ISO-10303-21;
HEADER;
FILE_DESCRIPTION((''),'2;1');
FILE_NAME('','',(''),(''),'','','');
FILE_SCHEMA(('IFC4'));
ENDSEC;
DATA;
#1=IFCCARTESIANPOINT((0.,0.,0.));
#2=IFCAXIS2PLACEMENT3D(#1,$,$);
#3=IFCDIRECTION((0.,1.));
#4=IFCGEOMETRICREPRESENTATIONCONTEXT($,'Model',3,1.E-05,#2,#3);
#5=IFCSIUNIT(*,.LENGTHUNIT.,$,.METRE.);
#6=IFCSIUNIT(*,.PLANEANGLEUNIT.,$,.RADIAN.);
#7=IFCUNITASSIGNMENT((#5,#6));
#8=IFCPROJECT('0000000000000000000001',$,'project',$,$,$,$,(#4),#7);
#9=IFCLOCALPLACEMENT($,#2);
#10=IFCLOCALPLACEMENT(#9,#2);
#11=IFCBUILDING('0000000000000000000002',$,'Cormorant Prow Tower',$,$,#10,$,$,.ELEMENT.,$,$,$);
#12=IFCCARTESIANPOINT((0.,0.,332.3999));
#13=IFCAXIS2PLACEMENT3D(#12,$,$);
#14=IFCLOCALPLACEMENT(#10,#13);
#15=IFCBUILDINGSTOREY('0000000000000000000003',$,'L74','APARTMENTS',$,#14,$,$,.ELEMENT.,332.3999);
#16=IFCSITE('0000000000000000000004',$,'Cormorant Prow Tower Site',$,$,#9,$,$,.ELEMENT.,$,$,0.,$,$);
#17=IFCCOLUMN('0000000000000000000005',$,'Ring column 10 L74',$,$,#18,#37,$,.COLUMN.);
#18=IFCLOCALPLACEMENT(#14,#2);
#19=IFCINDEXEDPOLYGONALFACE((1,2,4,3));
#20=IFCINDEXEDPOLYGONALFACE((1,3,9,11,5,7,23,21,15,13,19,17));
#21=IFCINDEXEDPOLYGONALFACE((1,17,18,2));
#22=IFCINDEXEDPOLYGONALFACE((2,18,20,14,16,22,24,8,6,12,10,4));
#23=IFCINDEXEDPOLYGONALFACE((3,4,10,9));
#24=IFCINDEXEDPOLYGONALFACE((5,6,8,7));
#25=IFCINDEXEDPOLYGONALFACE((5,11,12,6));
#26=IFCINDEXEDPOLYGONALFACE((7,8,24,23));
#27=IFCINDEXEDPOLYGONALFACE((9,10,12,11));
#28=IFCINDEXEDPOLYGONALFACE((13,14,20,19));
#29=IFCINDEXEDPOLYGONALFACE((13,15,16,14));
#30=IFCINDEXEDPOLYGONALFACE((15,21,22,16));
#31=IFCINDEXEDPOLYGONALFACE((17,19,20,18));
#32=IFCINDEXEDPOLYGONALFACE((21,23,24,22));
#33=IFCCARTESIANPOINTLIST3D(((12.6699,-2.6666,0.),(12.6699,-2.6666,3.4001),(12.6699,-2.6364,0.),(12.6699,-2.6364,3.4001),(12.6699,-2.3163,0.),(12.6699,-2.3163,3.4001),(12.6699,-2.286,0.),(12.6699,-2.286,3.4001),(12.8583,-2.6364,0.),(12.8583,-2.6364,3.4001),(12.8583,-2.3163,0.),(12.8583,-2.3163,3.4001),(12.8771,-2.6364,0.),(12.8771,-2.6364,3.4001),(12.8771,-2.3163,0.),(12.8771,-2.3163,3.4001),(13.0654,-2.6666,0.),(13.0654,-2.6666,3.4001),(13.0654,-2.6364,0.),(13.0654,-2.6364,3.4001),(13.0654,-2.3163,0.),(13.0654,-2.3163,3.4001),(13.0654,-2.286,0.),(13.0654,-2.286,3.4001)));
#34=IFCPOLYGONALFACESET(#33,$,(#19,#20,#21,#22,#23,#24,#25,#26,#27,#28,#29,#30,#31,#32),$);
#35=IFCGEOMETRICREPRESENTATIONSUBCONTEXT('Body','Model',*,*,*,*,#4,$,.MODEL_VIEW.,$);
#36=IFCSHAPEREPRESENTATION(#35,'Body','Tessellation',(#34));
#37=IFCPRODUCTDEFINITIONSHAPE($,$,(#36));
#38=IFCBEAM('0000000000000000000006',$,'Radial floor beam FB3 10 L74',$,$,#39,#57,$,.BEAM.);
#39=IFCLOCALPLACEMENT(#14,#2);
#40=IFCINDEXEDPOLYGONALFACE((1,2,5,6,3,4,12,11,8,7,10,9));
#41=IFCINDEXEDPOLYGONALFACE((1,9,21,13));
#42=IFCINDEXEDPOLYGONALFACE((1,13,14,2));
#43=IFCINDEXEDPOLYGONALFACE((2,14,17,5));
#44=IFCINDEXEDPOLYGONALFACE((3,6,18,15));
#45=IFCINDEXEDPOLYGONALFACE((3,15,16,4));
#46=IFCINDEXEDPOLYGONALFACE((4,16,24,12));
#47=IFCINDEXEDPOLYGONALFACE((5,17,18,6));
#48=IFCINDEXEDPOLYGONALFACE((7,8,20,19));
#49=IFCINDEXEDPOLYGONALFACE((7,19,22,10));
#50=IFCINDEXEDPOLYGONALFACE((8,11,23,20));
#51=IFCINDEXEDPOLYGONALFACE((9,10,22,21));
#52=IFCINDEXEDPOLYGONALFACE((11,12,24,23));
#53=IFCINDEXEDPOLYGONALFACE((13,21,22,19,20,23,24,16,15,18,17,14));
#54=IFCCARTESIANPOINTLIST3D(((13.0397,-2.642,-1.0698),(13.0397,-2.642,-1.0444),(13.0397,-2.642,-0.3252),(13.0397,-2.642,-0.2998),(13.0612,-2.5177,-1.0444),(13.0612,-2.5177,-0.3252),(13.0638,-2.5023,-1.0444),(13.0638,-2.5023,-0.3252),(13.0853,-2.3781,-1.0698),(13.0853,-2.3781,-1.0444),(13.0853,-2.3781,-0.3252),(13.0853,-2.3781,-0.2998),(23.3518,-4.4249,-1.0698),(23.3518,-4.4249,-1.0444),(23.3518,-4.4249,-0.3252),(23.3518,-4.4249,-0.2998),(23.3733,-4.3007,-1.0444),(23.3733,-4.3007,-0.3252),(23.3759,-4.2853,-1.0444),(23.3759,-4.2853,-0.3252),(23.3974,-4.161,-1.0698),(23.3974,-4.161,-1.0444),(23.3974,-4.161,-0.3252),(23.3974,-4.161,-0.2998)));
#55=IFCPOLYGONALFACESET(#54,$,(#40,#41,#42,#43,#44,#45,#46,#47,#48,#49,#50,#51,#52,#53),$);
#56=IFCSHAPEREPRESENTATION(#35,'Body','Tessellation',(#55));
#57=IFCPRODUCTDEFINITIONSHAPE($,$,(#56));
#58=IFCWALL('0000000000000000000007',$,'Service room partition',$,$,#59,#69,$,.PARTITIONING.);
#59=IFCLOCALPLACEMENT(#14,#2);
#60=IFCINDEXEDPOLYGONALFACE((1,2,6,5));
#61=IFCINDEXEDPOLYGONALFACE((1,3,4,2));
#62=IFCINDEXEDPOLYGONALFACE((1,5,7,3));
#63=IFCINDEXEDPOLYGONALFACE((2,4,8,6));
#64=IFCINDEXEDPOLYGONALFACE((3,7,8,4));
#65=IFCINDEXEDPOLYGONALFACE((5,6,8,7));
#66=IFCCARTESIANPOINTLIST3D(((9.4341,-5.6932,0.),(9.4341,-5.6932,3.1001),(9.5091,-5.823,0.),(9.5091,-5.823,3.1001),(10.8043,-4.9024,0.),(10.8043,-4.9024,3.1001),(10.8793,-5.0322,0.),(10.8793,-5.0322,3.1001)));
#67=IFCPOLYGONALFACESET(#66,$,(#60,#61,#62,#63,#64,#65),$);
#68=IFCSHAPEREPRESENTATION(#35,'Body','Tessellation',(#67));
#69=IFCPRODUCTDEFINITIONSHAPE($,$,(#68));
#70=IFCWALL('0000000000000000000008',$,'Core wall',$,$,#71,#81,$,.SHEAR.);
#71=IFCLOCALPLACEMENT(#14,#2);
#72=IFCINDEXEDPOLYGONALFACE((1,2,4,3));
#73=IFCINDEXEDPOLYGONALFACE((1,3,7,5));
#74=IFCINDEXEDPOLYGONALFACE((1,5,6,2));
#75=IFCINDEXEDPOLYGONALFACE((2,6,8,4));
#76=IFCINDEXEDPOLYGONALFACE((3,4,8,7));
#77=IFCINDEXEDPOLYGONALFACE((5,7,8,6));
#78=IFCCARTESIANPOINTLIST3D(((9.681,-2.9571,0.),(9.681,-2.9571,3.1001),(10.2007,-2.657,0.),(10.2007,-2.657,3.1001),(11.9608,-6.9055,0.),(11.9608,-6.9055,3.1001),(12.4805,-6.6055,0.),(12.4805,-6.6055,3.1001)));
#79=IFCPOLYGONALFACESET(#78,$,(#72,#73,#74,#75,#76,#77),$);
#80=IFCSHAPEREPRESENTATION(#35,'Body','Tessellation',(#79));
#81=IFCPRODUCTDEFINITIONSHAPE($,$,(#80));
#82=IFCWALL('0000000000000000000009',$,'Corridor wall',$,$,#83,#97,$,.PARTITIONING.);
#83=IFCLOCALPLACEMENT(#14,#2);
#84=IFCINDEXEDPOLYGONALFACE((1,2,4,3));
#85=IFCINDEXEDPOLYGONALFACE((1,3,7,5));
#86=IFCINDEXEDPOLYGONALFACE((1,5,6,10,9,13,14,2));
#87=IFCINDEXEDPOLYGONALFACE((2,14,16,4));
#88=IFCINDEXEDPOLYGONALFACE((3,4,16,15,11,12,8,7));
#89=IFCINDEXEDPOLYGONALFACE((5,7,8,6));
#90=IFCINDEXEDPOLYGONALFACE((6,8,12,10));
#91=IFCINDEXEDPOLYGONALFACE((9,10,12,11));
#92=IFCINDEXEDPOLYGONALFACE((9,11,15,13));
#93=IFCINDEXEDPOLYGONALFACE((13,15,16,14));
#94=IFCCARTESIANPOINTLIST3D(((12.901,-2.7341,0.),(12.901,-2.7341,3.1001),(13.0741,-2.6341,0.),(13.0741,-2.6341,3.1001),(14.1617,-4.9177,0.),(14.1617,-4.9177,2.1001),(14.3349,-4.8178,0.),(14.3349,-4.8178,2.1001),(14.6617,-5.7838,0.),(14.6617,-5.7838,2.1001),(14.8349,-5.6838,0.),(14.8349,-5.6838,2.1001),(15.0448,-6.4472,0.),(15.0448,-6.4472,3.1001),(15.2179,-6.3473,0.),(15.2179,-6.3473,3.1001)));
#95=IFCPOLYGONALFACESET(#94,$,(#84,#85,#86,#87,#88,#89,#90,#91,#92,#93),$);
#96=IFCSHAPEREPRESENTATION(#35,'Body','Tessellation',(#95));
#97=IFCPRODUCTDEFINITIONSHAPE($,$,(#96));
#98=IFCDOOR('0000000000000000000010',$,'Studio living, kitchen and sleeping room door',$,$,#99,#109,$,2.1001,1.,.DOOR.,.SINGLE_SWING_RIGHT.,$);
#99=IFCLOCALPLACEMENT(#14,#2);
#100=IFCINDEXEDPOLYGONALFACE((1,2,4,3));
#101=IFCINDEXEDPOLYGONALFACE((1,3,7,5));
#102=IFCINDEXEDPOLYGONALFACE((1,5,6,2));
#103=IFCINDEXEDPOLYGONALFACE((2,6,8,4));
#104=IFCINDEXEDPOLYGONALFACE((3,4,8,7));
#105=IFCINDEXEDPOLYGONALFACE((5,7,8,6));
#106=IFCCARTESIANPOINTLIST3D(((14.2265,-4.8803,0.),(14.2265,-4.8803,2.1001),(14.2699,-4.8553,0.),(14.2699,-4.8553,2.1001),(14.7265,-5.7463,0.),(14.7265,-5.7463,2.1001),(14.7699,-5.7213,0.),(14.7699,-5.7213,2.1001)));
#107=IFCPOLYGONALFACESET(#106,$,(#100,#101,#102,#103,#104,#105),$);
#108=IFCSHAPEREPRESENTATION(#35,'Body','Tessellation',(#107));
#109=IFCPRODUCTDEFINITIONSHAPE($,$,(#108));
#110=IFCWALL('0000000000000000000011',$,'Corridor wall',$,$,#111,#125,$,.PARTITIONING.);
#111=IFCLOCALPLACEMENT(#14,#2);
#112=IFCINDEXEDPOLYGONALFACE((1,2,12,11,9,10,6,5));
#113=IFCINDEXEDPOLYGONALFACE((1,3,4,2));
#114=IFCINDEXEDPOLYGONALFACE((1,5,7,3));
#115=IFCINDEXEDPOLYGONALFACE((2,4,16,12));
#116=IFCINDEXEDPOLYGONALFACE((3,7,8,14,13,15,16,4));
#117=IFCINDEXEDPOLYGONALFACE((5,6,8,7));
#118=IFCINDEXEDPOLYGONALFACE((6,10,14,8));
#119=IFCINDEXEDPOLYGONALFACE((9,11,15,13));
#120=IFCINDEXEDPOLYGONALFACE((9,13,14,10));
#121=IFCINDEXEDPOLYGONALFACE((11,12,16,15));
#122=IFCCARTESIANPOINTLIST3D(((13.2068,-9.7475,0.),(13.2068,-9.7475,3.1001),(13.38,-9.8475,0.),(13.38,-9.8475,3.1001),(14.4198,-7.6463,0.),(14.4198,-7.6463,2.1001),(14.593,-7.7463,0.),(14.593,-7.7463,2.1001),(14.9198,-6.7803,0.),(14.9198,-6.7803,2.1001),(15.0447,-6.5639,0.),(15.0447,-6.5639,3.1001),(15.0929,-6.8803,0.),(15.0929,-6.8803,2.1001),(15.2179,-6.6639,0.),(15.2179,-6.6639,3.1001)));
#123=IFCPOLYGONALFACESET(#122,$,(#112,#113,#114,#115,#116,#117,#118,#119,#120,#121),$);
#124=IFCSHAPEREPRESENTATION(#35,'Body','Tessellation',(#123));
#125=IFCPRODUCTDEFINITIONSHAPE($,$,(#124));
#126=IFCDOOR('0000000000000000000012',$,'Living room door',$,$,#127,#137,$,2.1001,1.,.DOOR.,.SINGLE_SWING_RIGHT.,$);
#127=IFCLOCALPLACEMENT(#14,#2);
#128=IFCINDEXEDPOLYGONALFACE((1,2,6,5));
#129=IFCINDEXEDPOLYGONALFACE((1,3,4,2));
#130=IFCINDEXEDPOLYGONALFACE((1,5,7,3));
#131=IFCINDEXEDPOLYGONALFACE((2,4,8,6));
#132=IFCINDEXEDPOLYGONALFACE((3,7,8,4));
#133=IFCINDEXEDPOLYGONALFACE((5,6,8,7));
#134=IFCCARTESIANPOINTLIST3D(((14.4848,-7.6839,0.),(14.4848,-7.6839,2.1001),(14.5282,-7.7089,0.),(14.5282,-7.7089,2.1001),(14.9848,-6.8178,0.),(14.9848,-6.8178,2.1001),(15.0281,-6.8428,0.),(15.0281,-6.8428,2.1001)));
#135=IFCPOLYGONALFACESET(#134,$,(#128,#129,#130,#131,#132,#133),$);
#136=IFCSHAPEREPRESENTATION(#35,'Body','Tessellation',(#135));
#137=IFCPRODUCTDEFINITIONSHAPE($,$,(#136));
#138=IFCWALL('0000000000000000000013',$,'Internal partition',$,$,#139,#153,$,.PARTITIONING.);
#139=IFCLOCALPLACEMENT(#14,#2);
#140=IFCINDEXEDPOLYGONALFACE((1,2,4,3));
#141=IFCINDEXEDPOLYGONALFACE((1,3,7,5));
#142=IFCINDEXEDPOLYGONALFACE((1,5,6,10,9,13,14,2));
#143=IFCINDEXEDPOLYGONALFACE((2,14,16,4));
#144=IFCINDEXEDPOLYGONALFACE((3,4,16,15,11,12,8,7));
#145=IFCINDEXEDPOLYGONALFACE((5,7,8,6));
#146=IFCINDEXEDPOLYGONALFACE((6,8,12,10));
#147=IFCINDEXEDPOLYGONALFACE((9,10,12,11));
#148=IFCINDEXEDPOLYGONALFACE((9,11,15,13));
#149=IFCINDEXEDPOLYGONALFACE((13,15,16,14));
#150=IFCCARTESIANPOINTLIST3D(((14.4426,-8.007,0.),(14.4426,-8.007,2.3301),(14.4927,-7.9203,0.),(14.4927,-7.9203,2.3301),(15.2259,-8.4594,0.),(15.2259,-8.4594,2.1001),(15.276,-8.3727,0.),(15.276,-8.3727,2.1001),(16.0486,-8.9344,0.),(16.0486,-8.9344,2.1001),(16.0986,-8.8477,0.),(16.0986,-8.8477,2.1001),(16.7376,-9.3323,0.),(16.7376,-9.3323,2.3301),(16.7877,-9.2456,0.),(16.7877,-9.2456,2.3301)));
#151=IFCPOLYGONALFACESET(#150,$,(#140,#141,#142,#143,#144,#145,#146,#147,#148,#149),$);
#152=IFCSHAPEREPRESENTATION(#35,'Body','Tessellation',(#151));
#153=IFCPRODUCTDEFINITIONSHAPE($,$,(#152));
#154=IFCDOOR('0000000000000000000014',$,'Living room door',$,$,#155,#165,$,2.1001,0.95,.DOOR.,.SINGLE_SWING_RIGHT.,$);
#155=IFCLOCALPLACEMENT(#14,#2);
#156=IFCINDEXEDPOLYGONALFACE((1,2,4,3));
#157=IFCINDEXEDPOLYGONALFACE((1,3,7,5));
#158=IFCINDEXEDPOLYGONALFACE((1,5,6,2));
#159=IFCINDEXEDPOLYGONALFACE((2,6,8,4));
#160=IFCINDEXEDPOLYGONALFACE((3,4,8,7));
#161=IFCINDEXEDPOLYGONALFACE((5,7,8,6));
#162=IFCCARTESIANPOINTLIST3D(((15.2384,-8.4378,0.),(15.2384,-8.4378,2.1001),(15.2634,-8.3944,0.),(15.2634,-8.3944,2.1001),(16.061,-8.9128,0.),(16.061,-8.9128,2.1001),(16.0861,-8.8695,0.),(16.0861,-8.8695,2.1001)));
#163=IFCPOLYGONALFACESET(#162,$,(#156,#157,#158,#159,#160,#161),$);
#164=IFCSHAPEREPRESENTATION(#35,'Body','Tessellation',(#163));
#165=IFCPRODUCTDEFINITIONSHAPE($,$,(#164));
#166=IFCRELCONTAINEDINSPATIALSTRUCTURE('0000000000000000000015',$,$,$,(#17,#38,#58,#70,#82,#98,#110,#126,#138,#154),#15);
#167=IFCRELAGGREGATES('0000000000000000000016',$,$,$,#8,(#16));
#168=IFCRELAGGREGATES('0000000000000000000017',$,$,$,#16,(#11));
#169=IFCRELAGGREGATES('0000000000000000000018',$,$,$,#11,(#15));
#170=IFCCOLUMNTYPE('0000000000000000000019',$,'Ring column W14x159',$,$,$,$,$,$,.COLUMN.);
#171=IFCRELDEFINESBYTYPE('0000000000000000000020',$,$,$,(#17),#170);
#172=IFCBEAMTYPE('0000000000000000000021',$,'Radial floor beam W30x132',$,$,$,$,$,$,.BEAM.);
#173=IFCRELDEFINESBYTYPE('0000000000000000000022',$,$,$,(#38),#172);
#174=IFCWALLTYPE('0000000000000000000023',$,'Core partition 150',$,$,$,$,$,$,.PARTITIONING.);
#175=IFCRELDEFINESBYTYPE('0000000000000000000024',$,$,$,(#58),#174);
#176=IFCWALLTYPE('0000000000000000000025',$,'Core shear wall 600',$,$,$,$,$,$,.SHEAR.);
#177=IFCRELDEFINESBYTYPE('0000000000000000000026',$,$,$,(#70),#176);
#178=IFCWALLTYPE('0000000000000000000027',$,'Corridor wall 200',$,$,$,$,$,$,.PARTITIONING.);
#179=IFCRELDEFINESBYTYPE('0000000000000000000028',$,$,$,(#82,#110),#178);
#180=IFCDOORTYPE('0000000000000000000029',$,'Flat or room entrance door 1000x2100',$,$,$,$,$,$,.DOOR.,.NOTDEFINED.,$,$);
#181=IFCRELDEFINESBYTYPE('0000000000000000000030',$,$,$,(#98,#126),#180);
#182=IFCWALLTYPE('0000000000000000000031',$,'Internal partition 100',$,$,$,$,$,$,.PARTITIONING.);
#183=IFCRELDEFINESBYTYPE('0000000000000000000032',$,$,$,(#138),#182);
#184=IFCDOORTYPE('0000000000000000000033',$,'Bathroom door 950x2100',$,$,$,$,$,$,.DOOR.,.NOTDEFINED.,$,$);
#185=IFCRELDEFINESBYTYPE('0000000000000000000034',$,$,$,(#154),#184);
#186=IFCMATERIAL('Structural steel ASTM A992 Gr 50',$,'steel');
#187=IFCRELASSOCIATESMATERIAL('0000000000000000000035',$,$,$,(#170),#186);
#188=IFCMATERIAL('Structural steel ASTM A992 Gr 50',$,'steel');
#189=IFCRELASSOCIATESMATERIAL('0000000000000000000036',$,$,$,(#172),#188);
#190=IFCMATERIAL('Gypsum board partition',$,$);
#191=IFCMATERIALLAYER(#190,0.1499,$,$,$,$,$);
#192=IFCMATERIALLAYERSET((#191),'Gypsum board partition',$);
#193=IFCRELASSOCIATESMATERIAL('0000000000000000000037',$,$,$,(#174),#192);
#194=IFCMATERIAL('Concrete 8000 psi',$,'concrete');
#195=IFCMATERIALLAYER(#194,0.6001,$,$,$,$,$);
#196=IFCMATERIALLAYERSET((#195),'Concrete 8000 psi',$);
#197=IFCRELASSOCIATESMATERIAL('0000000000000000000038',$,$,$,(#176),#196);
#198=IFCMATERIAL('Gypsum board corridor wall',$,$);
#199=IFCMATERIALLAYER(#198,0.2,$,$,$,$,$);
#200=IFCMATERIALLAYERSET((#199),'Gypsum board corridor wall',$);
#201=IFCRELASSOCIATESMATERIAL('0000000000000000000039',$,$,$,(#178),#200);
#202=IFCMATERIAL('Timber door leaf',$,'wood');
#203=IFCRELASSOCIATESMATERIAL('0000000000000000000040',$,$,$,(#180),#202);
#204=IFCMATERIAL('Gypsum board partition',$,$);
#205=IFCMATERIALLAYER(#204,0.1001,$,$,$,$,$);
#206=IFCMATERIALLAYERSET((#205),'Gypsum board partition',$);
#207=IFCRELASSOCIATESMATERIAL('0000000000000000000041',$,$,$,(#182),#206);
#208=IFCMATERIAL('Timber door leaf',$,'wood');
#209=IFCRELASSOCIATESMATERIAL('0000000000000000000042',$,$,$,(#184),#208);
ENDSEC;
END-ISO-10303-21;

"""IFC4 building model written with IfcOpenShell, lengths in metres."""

from ifc_helpers import new_model, si_unit, direction, frame, frame_2d, origin, origin_2d, place, context, subcontext, project, spatial, rectangle, i_section, extrude, material, layer, layer_set, material_profile, profile_set, type_object, element, fill, save


model = new_model("IFC4")

# Units and contexts
model_context = context("Model", 3, precision=1e-05, world=origin(), true_north=direction((0.0, 1.0)))
body_context = subcontext(model_context, "Body", "Model", "MODEL_VIEW")
ifc_project = project(units=[si_unit("LENGTHUNIT", "METRE"), si_unit("PLANEANGLEUNIT", "RADIAN")], contexts=[model_context])

# Site, building, storey
site_placement = place(None, origin())
site = spatial("IfcSite", under=ifc_project, at=site_placement, Name="Cormorant Prow Tower Site", CompositionType="ELEMENT", RefElevation=0.0)
building_placement = place(site_placement, origin())
building = spatial("IfcBuilding", under=site, at=building_placement, Name="Cormorant Prow Tower", CompositionType="ELEMENT")
storey_placement = place(building_placement, frame((0.0, 0.0, 332.3999)))
storey = spatial("IfcBuildingStorey", under=building, at=storey_placement, Name="L74", Description="APARTMENTS", CompositionType="ELEMENT", Elevation=332.3999)

# Column
ifc_material_1 = material(Name="Structural steel ASTM A992 Gr 50", Category="steel")
ifc_material_profile_1 = material_profile(ifc_material_1, i_section(OverallWidth=0.3955, OverallDepth=0.3806, WebThickness=0.0188, FlangeThickness=0.0303, at=origin_2d()), Name="W14x159")
ifc_profile_set_1 = profile_set([ifc_material_profile_1], Name="Structural steel ASTM A992 Gr 50")
column_type = type_object("IfcColumnType", Name="Ring column W14x159", PredefinedType="COLUMN", material=ifc_profile_set_1)
column_placement = place(storey_placement, frame((12.8677, -2.4763, 0.0), z_axis=(0.0, 0.0, 1.0), x_axis=(1.0, 0.0, 0.0)))
element("IfcColumn", 1, at=column_placement, inside=storey, type_object=column_type, Name="Ring column 10 L74", PredefinedType="COLUMN", context=body_context, shape_type="SweptSolid", body=[
    extrude(i_section(OverallWidth=0.3955, OverallDepth=0.3806, WebThickness=0.0188, FlangeThickness=0.0303, at=origin_2d()), origin(), (0.0, 0.0, 1.0), 3.4001),
])

# Beam
ifc_material_2 = material(Name="Structural steel ASTM A992 Gr 50", Category="steel")
ifc_material_profile_2 = material_profile(ifc_material_2, i_section(OverallWidth=0.2678, OverallDepth=0.77, WebThickness=0.0156, FlangeThickness=0.0254, at=origin_2d()), Name="W30x132")
ifc_profile_set_2 = profile_set([ifc_material_profile_2], Name="Structural steel ASTM A992 Gr 50")
beam_type = type_object("IfcBeamType", Name="Radial floor beam W30x132", PredefinedType="BEAM", material=ifc_profile_set_2)
beam_placement = place(storey_placement, frame((13.0625, -2.51, -0.6848), z_axis=(0.98538, -0.170373, 0.0), x_axis=(0.170373, 0.98538, 0.0)))
element("IfcBeam", 2, at=beam_placement, inside=storey, type_object=beam_type, Name="Radial floor beam FB3 10 L74", PredefinedType="BEAM", context=body_context, shape_type="SweptSolid", body=[
    extrude(i_section(OverallWidth=0.2678, OverallDepth=0.77, WebThickness=0.0156, FlangeThickness=0.0254, at=origin_2d()), origin(), (0.0, 0.0, 1.0), 10.4651),
])

# Walls
ifc_material_3 = material(Name="Gypsum board partition")
ifc_layer_1 = layer(ifc_material_3, 0.1499)
ifc_layer_set_1 = layer_set([ifc_layer_1], Name="Gypsum board partition")
wall_type_1 = type_object("IfcWallType", Name="Core partition 150", PredefinedType="PARTITIONING", material=ifc_layer_set_1)
wall_1_placement = place(storey_placement, frame((10.8418, -4.9673, 0.0), z_axis=(0.0, 0.0, 1.0), x_axis=(-0.866098, -0.499874, 0.0)))
element("IfcWall", 3, at=wall_1_placement, inside=storey, type_object=wall_type_1, Name="Service room partition", PredefinedType="PARTITIONING", context=body_context, shape_type="SweptSolid", body=[
    extrude(rectangle(XDim=1.582, YDim=0.1499, at=frame_2d((0.791, 0.0))), origin(), (0.0, 0.0, 1.0), 3.1001),
])
ifc_material_4 = material(Name="Concrete 8000 psi", Category="concrete")
ifc_layer_2 = layer(ifc_material_4, 0.6001)
ifc_layer_set_2 = layer_set([ifc_layer_2], Name="Concrete 8000 psi")
wall_type_2 = type_object("IfcWallType", Name="Core shear wall 600", PredefinedType="SHEAR", material=ifc_layer_set_2)
wall_2_placement = place(storey_placement, frame((12.2207, -6.7556, 0.0), z_axis=(0.0, 0.0, 1.0), x_axis=(-0.500021, 0.866013, 0.0)))
element("IfcWall", 4, at=wall_2_placement, inside=storey, type_object=wall_type_2, Name="Core wall", PredefinedType="SHEAR", context=body_context, shape_type="SweptSolid", body=[
    extrude(rectangle(XDim=4.5593, YDim=0.6001, at=frame_2d((2.2798, 0.0))), origin(), (0.0, 0.0, 1.0), 3.1001),
])

# Walls, openings, doors
ifc_material_5 = material(Name="Gypsum board corridor wall")
ifc_layer_3 = layer(ifc_material_5, 0.2)
ifc_layer_set_3 = layer_set([ifc_layer_3], Name="Gypsum board corridor wall")
wall_type_3 = type_object("IfcWallType", Name="Corridor wall 200", PredefinedType="PARTITIONING", material=ifc_layer_set_3)
wall_3_placement = place(storey_placement, frame((12.9875, -2.6841, 0.0), z_axis=(0.0, 0.0, 1.0), x_axis=(0.500003, -0.866023, 0.0)))
wall_3 = element("IfcWall", 5, at=wall_3_placement, inside=storey, type_object=wall_type_3, Name="Corridor wall", PredefinedType="PARTITIONING", context=body_context, shape_type="SweptSolid", body=[
    extrude(rectangle(XDim=4.2876, YDim=0.2, at=frame_2d((2.1438, 0.0))), origin(), (0.0, 0.0, 1.0), 3.1001),
])
opening_1_placement = place(wall_3_placement, frame((2.5215, 0.0, 0.0)))
opening_1 = element("IfcOpeningElement", 6, at=opening_1_placement, cuts=wall_3, PredefinedType="OPENING", context=body_context, shape_type="SweptSolid", body=[
    extrude(rectangle(XDim=1.0, YDim=2.1001, at=frame_2d((0.5, 1.05))), frame((0.0, 0.1099, 0.0), z_axis=(0.0, -1.0, 0.0), x_axis=(1.0, 0.0, 0.0)), (0.0, 0.0, 1.0), 0.22),
])
ifc_material_6 = material(Name="Timber door leaf", Category="wood")
door_type_1 = type_object("IfcDoorType", Name="Flat or room entrance door 1000x2100", OperationType="NOTDEFINED", PredefinedType="DOOR", material=ifc_material_6)
door_1_placement = place(opening_1_placement, origin())
door_1 = element("IfcDoor", 7, at=door_1_placement, inside=storey, type_object=door_type_1, Name="Studio living, kitchen and sleeping room door", OperationType="SINGLE_SWING_RIGHT", OverallHeight=2.1001, OverallWidth=1.0, PredefinedType="DOOR", context=body_context, shape_type="SweptSolid", body=[
    extrude(rectangle(XDim=1.0, YDim=2.1001, at=frame_2d((0.5, 1.05))), frame((0.0, 0.0249, 0.0), z_axis=(0.0, -1.0, 0.0), x_axis=(1.0, 0.0, 0.0)), (0.0, 0.0, 1.0), 0.05),
])
fill(opening_1, door_1)
wall_4_placement = place(storey_placement, frame((13.2935, -9.7974, 0.0), z_axis=(0.0, 0.0, 1.0), x_axis=(0.499968, 0.866044, 0.0)))
wall_4 = element("IfcWall", 8, at=wall_4_placement, inside=storey, type_object=wall_type_3, Name="Corridor wall", PredefinedType="PARTITIONING", context=body_context, shape_type="SweptSolid", body=[
    extrude(rectangle(XDim=3.676, YDim=0.2, at=frame_2d((1.8379, 0.0))), origin(), (0.0, 0.0, 1.0), 3.1001),
])
opening_2_placement = place(wall_4_placement, frame((2.426, 0.0, 0.0)))
opening_2 = element("IfcOpeningElement", 9, at=opening_2_placement, cuts=wall_4, PredefinedType="OPENING", context=body_context, shape_type="SweptSolid", body=[
    extrude(rectangle(XDim=1.0, YDim=2.1001, at=frame_2d((0.5, 1.05))), frame((0.0, 0.1099, 0.0), z_axis=(0.0, -1.0, 0.0), x_axis=(1.0, 0.0, 0.0)), (0.0, 0.0, 1.0), 0.22),
])
door_2_placement = place(opening_2_placement, origin())
door_2 = element("IfcDoor", 10, at=door_2_placement, inside=storey, type_object=door_type_1, Name="Living room door", OperationType="SINGLE_SWING_RIGHT", OverallHeight=2.1001, OverallWidth=1.0, PredefinedType="DOOR", context=body_context, shape_type="SweptSolid", body=[
    extrude(rectangle(XDim=1.0, YDim=2.1001, at=frame_2d((0.5, 1.05))), frame((0.0, 0.0249, 0.0), z_axis=(0.0, -1.0, 0.0), x_axis=(1.0, 0.0, 0.0)), (0.0, 0.0, 1.0), 0.05),
])
fill(opening_2, door_2)
ifc_material_7 = material(Name="Gypsum board partition")
ifc_layer_4 = layer(ifc_material_7, 0.1001)
ifc_layer_set_4 = layer_set([ifc_layer_4], Name="Gypsum board partition")
wall_type_4 = type_object("IfcWallType", Name="Internal partition 100", PredefinedType="PARTITIONING", material=ifc_layer_set_4)
wall_5_placement = place(storey_placement, frame((14.4675, -7.9636, 0.0), z_axis=(0.0, 0.0, 1.0), x_axis=(0.865989, -0.500063, 0.0)))
wall_5 = element("IfcWall", 11, at=wall_5_placement, inside=storey, type_object=wall_type_4, Name="Internal partition", PredefinedType="PARTITIONING", context=body_context, shape_type="SweptSolid", body=[
    extrude(rectangle(XDim=2.6501, YDim=0.1001, at=frame_2d((1.3252, 0.0))), origin(), (0.0, 0.0, 1.0), 2.3301),
])
opening_3_placement = place(wall_5_placement, frame((0.9045, 0.0, 0.0)))
opening_3 = element("IfcOpeningElement", 12, at=opening_3_placement, cuts=wall_5, PredefinedType="OPENING", context=body_context, shape_type="SweptSolid", body=[
    extrude(rectangle(XDim=0.95, YDim=2.1001, at=frame_2d((0.4751, 1.05))), frame((0.0, 0.0601, 0.0), z_axis=(0.0, -1.0, 0.0), x_axis=(1.0, 0.0, 0.0)), (0.0, 0.0, 1.0), 0.1201),
])
ifc_material_8 = material(Name="Timber door leaf", Category="wood")
door_type_2 = type_object("IfcDoorType", Name="Bathroom door 950x2100", OperationType="NOTDEFINED", PredefinedType="DOOR", material=ifc_material_8)
door_3_placement = place(opening_3_placement, origin())
door_3 = element("IfcDoor", 13, at=door_3_placement, inside=storey, type_object=door_type_2, Name="Living room door", OperationType="SINGLE_SWING_RIGHT", OverallHeight=2.1001, OverallWidth=0.95, PredefinedType="DOOR", context=body_context, shape_type="SweptSolid", body=[
    extrude(rectangle(XDim=0.95, YDim=2.1001, at=frame_2d((0.4751, 1.05))), frame((0.0, 0.0249, 0.0), z_axis=(0.0, -1.0, 0.0), x_axis=(1.0, 0.0, 0.0)), (0.0, 0.0, 1.0), 0.05),
])
fill(opening_3, door_3)

save(model, "model.ifc")
